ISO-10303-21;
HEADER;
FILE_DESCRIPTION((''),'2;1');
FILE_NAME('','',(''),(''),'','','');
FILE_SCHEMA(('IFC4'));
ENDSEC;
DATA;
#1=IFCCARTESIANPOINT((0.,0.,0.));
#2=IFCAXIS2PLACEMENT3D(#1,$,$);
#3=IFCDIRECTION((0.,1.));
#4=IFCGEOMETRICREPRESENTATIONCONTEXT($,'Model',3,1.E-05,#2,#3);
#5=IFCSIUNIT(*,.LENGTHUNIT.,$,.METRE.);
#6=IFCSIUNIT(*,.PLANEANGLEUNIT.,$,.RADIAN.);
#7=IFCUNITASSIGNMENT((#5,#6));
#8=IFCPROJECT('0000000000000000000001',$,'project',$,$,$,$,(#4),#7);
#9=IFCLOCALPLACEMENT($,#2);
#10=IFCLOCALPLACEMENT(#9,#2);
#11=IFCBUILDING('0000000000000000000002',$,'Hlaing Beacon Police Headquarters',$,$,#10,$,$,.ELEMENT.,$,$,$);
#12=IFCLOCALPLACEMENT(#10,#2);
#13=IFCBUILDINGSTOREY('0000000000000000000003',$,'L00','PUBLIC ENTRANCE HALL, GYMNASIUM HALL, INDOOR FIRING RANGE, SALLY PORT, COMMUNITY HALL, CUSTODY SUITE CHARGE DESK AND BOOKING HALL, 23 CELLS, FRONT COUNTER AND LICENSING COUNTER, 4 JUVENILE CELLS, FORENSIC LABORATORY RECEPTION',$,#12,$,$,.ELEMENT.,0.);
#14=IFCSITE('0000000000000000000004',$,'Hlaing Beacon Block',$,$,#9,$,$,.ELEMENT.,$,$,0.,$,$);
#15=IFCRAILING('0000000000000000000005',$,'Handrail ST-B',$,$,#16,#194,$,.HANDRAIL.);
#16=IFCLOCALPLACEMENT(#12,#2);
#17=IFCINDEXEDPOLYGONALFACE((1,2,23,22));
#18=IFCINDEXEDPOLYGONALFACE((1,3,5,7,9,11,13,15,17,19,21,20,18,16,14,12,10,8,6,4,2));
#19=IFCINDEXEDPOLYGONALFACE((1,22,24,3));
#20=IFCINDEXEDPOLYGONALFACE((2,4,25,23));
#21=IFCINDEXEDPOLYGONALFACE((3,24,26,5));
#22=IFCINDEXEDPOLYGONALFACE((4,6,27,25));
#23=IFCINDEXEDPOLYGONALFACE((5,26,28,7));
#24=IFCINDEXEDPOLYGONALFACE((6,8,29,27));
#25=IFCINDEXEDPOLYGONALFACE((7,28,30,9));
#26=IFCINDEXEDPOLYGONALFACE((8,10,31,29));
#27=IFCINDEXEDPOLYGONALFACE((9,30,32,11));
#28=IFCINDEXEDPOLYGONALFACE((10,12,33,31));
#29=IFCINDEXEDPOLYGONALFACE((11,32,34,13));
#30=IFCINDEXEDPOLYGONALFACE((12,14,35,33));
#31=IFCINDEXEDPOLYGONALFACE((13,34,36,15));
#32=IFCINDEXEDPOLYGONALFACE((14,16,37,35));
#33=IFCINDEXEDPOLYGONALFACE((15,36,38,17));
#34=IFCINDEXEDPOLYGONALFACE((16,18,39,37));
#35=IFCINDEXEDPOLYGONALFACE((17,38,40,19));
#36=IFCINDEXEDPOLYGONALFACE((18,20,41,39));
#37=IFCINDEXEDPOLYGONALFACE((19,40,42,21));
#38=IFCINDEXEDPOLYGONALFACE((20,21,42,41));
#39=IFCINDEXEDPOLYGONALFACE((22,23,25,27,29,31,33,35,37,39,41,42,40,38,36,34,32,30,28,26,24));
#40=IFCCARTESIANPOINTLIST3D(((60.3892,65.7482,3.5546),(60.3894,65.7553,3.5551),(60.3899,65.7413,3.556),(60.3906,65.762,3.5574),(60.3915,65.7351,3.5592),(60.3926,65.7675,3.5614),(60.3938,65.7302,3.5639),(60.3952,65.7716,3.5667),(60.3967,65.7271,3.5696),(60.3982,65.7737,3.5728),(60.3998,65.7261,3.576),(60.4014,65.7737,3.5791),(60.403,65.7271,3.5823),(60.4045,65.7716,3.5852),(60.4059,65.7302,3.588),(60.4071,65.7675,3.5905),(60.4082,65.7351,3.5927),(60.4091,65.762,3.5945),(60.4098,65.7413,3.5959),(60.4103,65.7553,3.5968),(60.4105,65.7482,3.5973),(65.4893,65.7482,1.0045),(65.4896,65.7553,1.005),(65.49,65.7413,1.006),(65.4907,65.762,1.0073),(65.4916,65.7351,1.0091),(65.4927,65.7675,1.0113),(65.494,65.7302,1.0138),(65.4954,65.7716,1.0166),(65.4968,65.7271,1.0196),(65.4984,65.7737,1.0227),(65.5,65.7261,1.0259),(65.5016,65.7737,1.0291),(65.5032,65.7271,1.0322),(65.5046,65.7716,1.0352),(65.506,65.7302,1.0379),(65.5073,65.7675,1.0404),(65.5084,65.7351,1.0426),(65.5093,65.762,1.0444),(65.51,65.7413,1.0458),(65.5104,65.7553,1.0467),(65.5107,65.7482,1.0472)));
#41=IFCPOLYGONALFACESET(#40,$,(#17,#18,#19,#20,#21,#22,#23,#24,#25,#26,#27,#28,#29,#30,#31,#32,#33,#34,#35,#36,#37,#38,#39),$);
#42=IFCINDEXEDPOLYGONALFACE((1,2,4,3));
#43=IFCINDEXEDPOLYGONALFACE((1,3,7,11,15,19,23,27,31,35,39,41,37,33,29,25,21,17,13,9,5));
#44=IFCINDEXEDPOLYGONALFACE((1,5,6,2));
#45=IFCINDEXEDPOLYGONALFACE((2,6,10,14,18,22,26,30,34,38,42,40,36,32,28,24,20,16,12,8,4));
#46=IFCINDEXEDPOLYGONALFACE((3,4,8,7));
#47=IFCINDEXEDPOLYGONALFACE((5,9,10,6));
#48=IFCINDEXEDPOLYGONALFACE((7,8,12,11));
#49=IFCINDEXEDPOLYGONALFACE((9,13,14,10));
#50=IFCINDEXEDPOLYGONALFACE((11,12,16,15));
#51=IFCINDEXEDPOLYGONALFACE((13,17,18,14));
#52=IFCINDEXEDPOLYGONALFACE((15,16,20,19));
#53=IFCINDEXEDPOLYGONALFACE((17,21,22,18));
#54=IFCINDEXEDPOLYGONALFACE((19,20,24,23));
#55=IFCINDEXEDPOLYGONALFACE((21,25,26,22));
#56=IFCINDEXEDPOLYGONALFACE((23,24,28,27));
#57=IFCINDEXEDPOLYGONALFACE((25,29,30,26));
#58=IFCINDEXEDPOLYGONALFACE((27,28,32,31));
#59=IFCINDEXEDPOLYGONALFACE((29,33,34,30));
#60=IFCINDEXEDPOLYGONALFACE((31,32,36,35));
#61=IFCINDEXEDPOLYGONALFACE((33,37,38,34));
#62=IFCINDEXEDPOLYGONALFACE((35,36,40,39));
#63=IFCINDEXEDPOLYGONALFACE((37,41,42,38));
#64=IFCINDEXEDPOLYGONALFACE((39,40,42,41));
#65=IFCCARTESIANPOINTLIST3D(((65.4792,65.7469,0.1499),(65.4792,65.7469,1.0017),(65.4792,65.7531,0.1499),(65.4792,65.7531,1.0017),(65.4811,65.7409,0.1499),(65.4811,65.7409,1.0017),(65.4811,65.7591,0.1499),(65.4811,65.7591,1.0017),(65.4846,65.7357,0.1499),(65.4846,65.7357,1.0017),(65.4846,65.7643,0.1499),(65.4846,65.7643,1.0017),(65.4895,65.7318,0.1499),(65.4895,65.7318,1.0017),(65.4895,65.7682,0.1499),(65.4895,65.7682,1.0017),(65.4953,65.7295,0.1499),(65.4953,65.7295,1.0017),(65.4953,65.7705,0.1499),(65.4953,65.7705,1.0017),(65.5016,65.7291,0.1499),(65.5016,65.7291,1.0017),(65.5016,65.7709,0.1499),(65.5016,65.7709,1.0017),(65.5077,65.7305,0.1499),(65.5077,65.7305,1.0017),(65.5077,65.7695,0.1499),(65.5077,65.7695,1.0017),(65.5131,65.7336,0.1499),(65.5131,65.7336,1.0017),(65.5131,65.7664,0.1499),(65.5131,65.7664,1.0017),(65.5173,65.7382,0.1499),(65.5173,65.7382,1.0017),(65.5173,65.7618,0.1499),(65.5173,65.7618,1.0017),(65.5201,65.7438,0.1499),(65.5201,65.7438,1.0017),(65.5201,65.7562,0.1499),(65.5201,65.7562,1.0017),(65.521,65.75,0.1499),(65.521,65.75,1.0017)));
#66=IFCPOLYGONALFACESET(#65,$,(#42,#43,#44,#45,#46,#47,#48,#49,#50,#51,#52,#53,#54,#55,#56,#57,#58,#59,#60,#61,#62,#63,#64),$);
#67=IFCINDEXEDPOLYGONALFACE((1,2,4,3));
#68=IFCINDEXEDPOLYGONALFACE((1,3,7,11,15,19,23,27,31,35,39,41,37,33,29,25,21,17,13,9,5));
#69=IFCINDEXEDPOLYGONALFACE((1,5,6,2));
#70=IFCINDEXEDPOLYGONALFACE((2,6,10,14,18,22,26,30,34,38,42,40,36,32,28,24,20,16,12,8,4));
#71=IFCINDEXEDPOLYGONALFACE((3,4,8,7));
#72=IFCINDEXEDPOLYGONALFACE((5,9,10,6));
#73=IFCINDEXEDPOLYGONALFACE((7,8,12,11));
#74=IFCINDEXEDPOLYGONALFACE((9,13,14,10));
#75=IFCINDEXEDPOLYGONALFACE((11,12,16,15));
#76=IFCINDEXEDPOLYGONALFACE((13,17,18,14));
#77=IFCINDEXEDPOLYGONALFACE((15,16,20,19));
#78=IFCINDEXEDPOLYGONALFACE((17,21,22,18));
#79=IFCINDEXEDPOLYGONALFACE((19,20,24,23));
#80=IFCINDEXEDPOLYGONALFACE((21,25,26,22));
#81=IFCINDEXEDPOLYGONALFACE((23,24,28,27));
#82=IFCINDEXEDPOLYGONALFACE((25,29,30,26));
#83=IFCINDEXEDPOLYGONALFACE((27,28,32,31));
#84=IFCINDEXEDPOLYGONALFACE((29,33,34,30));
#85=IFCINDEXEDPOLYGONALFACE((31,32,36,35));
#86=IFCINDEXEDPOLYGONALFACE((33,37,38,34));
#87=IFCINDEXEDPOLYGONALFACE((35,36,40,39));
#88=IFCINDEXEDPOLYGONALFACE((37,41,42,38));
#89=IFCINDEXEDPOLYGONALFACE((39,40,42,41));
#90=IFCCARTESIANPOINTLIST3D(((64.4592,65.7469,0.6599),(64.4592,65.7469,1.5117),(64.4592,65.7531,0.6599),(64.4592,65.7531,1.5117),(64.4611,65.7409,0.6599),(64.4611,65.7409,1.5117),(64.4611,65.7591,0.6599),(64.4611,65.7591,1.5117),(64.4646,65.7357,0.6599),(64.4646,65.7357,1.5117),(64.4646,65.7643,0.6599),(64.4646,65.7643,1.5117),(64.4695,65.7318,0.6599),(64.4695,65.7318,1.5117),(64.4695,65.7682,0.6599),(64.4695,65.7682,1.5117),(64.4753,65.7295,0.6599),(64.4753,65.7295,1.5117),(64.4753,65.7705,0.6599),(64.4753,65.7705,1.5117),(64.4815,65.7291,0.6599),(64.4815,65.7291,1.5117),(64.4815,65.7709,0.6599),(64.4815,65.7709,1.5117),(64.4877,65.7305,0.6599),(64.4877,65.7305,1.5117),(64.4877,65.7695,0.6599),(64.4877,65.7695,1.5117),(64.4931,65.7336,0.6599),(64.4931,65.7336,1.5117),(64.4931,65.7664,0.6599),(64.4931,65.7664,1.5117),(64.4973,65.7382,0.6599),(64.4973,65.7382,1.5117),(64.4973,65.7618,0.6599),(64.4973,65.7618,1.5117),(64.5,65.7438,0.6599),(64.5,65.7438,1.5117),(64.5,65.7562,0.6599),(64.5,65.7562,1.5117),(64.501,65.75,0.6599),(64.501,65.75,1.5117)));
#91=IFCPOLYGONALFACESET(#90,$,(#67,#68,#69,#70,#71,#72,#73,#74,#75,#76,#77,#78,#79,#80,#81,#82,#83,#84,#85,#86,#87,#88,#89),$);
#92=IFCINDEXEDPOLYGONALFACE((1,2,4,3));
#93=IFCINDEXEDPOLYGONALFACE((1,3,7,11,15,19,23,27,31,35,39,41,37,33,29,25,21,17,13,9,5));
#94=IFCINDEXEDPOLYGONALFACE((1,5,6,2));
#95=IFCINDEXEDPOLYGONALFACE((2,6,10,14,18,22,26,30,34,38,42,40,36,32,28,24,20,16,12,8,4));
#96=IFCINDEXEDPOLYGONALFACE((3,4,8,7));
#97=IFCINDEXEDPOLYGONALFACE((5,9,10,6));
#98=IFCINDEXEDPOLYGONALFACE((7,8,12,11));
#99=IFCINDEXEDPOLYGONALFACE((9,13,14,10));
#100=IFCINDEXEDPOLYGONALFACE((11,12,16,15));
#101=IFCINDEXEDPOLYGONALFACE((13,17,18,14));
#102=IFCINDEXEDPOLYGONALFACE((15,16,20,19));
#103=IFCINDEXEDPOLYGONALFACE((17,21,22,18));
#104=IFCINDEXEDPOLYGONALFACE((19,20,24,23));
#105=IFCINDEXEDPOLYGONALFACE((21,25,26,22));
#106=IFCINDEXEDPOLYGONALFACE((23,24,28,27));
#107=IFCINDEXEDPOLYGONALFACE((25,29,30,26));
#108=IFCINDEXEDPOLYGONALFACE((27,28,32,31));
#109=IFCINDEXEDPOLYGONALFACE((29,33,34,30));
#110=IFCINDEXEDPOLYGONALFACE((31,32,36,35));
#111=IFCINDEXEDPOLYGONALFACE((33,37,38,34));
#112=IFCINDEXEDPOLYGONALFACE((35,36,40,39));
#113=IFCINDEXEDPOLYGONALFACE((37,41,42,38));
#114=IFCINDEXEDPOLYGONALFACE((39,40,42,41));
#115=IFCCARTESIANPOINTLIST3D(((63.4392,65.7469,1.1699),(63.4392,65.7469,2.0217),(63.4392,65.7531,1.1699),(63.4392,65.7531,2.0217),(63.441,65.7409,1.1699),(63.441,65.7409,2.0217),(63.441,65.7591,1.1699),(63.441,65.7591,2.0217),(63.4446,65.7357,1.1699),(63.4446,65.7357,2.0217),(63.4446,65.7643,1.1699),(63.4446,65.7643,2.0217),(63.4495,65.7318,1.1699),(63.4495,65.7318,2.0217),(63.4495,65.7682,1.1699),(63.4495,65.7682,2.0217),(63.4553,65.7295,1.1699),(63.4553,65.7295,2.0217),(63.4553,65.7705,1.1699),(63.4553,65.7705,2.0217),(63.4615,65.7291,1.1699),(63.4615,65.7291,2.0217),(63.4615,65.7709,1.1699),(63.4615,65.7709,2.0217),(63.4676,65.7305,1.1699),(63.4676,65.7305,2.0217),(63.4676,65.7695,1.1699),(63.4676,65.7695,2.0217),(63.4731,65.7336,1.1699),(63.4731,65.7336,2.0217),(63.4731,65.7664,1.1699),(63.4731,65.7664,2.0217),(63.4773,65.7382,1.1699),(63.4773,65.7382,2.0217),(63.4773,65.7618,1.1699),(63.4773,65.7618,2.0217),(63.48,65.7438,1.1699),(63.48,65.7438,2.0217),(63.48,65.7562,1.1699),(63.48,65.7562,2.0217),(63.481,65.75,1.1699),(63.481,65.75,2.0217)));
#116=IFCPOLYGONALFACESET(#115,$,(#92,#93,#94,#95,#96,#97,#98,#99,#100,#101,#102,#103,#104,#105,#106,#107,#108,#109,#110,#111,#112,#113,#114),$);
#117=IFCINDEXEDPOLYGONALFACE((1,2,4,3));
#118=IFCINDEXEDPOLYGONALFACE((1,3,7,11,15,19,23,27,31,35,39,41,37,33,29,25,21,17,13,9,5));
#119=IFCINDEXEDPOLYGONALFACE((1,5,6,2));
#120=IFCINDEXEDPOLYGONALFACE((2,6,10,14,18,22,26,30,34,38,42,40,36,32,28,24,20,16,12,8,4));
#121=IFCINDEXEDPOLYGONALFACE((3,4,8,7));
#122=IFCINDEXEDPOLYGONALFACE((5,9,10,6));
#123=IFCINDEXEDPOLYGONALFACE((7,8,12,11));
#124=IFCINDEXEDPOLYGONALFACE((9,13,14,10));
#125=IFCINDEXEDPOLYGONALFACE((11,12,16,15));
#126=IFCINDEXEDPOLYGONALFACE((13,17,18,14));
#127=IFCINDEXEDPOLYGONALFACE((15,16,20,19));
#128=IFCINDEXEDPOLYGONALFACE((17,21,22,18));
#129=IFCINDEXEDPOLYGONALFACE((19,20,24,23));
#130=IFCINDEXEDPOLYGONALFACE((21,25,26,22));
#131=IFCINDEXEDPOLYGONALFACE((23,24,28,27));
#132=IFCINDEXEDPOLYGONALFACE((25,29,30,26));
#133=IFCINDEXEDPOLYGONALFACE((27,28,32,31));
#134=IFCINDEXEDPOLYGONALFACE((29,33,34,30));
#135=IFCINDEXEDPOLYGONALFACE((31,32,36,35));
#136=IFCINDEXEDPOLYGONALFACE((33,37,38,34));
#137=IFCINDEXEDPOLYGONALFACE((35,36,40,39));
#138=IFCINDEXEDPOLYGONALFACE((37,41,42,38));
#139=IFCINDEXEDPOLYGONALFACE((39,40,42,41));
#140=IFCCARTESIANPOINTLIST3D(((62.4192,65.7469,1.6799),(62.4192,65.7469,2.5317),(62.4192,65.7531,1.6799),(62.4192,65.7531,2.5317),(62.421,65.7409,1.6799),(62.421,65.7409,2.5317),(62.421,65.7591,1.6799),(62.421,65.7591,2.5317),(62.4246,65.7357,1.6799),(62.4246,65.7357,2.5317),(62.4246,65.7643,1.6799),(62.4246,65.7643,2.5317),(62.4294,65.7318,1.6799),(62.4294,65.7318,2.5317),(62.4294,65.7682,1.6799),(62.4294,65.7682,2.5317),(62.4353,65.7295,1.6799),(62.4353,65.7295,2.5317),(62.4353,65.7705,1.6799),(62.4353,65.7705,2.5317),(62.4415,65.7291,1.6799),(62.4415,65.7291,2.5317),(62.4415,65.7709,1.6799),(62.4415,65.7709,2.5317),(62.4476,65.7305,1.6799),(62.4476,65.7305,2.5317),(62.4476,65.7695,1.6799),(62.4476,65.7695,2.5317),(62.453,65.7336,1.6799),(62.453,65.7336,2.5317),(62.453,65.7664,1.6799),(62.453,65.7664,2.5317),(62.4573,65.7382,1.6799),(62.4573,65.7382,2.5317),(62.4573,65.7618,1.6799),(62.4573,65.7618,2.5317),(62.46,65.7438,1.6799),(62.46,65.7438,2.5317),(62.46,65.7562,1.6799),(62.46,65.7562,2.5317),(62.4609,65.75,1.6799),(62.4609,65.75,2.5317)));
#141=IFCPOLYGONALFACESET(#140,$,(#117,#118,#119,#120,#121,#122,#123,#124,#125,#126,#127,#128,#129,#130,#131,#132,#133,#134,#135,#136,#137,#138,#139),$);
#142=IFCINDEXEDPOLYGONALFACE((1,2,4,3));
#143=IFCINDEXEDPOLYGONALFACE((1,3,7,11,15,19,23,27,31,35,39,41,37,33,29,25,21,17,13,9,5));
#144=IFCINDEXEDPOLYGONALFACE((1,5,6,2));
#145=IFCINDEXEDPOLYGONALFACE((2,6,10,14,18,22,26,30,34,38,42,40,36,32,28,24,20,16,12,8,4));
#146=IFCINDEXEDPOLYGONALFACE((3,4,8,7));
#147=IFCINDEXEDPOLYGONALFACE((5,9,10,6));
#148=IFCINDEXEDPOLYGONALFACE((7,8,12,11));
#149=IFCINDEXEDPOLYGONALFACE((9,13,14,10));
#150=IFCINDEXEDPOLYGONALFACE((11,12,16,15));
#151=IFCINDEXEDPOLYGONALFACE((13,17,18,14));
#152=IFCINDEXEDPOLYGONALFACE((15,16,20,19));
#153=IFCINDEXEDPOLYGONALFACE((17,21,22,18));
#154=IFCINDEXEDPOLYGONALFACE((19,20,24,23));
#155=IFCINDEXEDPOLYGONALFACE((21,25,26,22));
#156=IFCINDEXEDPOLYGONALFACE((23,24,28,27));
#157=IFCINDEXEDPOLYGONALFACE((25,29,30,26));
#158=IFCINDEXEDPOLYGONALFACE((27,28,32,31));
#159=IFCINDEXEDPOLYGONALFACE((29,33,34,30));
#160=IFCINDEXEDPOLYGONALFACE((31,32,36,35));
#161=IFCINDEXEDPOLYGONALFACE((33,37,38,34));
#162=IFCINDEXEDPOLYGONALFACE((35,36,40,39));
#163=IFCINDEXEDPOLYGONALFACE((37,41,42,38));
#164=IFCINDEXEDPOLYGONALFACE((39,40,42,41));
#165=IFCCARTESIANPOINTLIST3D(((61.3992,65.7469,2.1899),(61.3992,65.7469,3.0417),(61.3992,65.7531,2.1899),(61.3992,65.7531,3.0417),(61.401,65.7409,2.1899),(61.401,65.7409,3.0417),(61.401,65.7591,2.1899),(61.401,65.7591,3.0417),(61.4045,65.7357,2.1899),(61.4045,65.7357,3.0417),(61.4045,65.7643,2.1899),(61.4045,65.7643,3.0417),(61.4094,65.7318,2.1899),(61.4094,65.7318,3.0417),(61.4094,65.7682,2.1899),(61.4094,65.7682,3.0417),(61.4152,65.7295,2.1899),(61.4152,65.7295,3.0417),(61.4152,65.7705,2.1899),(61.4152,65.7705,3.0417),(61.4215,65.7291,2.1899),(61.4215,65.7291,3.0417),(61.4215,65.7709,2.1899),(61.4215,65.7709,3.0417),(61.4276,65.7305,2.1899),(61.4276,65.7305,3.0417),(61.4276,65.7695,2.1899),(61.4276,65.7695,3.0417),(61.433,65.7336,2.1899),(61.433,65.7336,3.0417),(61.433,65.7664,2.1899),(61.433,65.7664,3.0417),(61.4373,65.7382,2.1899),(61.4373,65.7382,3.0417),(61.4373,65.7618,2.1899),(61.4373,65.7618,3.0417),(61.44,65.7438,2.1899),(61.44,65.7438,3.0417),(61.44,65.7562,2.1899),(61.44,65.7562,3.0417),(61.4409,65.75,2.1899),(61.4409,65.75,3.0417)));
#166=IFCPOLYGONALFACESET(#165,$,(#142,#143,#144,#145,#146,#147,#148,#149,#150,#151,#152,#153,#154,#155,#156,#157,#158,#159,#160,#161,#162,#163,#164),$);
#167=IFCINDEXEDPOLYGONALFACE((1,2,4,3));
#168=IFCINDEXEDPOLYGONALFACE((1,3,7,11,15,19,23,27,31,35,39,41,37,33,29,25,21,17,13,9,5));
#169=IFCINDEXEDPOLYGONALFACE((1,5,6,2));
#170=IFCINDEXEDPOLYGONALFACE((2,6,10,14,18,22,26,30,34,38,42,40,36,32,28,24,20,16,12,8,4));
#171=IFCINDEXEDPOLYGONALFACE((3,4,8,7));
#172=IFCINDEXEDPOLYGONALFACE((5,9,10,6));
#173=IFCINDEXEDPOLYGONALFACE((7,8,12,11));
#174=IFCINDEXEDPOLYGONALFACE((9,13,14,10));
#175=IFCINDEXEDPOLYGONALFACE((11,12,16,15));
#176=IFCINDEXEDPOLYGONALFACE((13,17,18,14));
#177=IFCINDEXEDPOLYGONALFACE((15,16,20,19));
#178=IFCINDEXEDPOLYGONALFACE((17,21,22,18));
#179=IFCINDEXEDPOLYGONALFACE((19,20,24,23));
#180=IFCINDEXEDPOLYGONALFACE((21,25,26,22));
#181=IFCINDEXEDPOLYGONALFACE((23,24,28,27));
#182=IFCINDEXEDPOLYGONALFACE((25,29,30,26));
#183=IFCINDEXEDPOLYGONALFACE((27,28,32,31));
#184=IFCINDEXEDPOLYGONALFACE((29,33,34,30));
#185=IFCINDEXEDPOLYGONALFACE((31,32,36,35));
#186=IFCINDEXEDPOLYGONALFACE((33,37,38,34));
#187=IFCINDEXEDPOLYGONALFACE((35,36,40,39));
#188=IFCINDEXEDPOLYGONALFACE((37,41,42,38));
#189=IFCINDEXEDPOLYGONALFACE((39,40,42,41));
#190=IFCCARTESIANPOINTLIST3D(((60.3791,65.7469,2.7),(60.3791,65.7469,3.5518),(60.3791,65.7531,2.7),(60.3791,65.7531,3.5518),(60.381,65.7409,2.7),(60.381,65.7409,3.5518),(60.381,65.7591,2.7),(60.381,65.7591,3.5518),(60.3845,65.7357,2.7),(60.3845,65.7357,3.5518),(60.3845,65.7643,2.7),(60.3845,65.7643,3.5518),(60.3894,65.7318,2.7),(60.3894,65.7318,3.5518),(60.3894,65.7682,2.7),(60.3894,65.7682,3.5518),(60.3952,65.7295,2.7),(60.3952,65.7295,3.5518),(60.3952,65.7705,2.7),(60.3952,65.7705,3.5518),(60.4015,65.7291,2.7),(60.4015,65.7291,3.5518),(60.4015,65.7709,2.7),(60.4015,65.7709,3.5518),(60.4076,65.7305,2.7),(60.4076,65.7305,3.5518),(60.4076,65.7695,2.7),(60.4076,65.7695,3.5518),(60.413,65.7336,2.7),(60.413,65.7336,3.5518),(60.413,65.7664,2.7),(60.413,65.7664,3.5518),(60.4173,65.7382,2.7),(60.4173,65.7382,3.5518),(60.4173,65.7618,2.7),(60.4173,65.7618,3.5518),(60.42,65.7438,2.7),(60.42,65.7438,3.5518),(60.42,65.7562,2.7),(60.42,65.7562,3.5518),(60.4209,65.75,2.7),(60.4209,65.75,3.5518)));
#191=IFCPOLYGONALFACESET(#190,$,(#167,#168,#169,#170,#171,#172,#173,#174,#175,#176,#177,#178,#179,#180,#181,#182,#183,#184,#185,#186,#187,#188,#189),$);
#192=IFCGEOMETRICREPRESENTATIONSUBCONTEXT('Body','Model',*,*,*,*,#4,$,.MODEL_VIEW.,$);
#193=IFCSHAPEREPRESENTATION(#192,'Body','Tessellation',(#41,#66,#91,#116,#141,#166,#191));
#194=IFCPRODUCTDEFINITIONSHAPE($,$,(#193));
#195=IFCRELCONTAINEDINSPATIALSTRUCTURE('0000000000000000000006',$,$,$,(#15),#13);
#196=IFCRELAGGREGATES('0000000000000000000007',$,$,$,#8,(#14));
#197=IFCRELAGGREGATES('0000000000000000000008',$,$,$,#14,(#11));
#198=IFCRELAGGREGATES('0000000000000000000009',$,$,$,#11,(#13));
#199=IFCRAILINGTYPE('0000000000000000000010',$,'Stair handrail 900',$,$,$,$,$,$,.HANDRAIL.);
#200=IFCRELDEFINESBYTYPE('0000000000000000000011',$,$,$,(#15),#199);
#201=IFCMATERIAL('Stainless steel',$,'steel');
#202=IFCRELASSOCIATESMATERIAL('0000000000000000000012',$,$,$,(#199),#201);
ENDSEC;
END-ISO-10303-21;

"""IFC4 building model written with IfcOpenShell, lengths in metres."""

from ifc_helpers import new_model, si_unit, direction, frame, origin, origin_2d, place, context, subcontext, project, spatial, circle, extrude, material, type_object, element, save


model = new_model("IFC4")

# Units and contexts
model_context = context("Model", 3, precision=1e-05, world=origin(), true_north=direction((0.0, 1.0)))
body_context = subcontext(model_context, "Body", "Model", "MODEL_VIEW")
ifc_project = project(units=[si_unit("LENGTHUNIT", "METRE"), si_unit("PLANEANGLEUNIT", "RADIAN")], contexts=[model_context])

# Site, building, storey
site_placement = place(None, origin())
site = spatial("IfcSite", under=ifc_project, at=site_placement, Name="Hlaing Beacon Block", CompositionType="ELEMENT", RefElevation=0.0)
building_placement = place(site_placement, origin())
building = spatial("IfcBuilding", under=site, at=building_placement, Name="Hlaing Beacon Police Headquarters", CompositionType="ELEMENT")
storey_placement = place(building_placement, origin())
storey = spatial("IfcBuildingStorey", under=building, at=storey_placement, Name="L00", Description="PUBLIC ENTRANCE HALL, GYMNASIUM HALL, INDOOR FIRING RANGE, SALLY PORT, COMMUNITY HALL, CUSTODY SUITE CHARGE DESK AND BOOKING HALL, 23 CELLS, FRONT COUNTER AND LICENSING COUNTER, 4 JUVENILE CELLS, FORENSIC LABORATORY RECEPTION", CompositionType="ELEMENT", Elevation=0.0)

# Railing
ifc_material_1 = material(Name="Stainless steel", Category="steel")
railing_type_1 = type_object("IfcRailingType", Name="Stair handrail 900", PredefinedType="HANDRAIL", material=ifc_material_1)
for number, where, name in (
    (1, (65.5, 65.75, 0.1499), "Handrail ST-B"),
):
    element("IfcRailing", number, at=place(storey_placement, frame(where)), inside=storey, type_object=railing_type_1, Name=name, PredefinedType="HANDRAIL", context=body_context, shape_type="SweptSolid", body=[
        extrude(circle(Radius=0.0239, at=origin_2d()), frame((0.0, 0.0, 0.876), z_axis=(-0.894427, 0.0, 0.447214), x_axis=(0.0, -1.0, 0.0)), (0.0, 0.0, 1.0), 5.7021),
        extrude(circle(Radius=0.021, at=origin_2d()), origin(), (0.0, 0.0, 1.0), 0.8518),
        extrude(circle(Radius=0.021, at=origin_2d()), frame((-1.02, 0.0, 0.51)), (0.0, 0.0, 1.0), 0.8518),
        extrude(circle(Radius=0.021, at=origin_2d()), frame((-2.04, 0.0, 1.02)), (0.0, 0.0, 1.0), 0.8518),
        extrude(circle(Radius=0.021, at=origin_2d()), frame((-3.0601, 0.0, 1.53)), (0.0, 0.0, 1.0), 0.8518),
        extrude(circle(Radius=0.021, at=origin_2d()), frame((-4.0801, 0.0, 2.04)), (0.0, 0.0, 1.0), 0.8518),
        extrude(circle(Radius=0.021, at=origin_2d()), frame((-5.1001, 0.0, 2.55)), (0.0, 0.0, 1.0), 0.8518),
    ])

save(model, "model.ifc")
